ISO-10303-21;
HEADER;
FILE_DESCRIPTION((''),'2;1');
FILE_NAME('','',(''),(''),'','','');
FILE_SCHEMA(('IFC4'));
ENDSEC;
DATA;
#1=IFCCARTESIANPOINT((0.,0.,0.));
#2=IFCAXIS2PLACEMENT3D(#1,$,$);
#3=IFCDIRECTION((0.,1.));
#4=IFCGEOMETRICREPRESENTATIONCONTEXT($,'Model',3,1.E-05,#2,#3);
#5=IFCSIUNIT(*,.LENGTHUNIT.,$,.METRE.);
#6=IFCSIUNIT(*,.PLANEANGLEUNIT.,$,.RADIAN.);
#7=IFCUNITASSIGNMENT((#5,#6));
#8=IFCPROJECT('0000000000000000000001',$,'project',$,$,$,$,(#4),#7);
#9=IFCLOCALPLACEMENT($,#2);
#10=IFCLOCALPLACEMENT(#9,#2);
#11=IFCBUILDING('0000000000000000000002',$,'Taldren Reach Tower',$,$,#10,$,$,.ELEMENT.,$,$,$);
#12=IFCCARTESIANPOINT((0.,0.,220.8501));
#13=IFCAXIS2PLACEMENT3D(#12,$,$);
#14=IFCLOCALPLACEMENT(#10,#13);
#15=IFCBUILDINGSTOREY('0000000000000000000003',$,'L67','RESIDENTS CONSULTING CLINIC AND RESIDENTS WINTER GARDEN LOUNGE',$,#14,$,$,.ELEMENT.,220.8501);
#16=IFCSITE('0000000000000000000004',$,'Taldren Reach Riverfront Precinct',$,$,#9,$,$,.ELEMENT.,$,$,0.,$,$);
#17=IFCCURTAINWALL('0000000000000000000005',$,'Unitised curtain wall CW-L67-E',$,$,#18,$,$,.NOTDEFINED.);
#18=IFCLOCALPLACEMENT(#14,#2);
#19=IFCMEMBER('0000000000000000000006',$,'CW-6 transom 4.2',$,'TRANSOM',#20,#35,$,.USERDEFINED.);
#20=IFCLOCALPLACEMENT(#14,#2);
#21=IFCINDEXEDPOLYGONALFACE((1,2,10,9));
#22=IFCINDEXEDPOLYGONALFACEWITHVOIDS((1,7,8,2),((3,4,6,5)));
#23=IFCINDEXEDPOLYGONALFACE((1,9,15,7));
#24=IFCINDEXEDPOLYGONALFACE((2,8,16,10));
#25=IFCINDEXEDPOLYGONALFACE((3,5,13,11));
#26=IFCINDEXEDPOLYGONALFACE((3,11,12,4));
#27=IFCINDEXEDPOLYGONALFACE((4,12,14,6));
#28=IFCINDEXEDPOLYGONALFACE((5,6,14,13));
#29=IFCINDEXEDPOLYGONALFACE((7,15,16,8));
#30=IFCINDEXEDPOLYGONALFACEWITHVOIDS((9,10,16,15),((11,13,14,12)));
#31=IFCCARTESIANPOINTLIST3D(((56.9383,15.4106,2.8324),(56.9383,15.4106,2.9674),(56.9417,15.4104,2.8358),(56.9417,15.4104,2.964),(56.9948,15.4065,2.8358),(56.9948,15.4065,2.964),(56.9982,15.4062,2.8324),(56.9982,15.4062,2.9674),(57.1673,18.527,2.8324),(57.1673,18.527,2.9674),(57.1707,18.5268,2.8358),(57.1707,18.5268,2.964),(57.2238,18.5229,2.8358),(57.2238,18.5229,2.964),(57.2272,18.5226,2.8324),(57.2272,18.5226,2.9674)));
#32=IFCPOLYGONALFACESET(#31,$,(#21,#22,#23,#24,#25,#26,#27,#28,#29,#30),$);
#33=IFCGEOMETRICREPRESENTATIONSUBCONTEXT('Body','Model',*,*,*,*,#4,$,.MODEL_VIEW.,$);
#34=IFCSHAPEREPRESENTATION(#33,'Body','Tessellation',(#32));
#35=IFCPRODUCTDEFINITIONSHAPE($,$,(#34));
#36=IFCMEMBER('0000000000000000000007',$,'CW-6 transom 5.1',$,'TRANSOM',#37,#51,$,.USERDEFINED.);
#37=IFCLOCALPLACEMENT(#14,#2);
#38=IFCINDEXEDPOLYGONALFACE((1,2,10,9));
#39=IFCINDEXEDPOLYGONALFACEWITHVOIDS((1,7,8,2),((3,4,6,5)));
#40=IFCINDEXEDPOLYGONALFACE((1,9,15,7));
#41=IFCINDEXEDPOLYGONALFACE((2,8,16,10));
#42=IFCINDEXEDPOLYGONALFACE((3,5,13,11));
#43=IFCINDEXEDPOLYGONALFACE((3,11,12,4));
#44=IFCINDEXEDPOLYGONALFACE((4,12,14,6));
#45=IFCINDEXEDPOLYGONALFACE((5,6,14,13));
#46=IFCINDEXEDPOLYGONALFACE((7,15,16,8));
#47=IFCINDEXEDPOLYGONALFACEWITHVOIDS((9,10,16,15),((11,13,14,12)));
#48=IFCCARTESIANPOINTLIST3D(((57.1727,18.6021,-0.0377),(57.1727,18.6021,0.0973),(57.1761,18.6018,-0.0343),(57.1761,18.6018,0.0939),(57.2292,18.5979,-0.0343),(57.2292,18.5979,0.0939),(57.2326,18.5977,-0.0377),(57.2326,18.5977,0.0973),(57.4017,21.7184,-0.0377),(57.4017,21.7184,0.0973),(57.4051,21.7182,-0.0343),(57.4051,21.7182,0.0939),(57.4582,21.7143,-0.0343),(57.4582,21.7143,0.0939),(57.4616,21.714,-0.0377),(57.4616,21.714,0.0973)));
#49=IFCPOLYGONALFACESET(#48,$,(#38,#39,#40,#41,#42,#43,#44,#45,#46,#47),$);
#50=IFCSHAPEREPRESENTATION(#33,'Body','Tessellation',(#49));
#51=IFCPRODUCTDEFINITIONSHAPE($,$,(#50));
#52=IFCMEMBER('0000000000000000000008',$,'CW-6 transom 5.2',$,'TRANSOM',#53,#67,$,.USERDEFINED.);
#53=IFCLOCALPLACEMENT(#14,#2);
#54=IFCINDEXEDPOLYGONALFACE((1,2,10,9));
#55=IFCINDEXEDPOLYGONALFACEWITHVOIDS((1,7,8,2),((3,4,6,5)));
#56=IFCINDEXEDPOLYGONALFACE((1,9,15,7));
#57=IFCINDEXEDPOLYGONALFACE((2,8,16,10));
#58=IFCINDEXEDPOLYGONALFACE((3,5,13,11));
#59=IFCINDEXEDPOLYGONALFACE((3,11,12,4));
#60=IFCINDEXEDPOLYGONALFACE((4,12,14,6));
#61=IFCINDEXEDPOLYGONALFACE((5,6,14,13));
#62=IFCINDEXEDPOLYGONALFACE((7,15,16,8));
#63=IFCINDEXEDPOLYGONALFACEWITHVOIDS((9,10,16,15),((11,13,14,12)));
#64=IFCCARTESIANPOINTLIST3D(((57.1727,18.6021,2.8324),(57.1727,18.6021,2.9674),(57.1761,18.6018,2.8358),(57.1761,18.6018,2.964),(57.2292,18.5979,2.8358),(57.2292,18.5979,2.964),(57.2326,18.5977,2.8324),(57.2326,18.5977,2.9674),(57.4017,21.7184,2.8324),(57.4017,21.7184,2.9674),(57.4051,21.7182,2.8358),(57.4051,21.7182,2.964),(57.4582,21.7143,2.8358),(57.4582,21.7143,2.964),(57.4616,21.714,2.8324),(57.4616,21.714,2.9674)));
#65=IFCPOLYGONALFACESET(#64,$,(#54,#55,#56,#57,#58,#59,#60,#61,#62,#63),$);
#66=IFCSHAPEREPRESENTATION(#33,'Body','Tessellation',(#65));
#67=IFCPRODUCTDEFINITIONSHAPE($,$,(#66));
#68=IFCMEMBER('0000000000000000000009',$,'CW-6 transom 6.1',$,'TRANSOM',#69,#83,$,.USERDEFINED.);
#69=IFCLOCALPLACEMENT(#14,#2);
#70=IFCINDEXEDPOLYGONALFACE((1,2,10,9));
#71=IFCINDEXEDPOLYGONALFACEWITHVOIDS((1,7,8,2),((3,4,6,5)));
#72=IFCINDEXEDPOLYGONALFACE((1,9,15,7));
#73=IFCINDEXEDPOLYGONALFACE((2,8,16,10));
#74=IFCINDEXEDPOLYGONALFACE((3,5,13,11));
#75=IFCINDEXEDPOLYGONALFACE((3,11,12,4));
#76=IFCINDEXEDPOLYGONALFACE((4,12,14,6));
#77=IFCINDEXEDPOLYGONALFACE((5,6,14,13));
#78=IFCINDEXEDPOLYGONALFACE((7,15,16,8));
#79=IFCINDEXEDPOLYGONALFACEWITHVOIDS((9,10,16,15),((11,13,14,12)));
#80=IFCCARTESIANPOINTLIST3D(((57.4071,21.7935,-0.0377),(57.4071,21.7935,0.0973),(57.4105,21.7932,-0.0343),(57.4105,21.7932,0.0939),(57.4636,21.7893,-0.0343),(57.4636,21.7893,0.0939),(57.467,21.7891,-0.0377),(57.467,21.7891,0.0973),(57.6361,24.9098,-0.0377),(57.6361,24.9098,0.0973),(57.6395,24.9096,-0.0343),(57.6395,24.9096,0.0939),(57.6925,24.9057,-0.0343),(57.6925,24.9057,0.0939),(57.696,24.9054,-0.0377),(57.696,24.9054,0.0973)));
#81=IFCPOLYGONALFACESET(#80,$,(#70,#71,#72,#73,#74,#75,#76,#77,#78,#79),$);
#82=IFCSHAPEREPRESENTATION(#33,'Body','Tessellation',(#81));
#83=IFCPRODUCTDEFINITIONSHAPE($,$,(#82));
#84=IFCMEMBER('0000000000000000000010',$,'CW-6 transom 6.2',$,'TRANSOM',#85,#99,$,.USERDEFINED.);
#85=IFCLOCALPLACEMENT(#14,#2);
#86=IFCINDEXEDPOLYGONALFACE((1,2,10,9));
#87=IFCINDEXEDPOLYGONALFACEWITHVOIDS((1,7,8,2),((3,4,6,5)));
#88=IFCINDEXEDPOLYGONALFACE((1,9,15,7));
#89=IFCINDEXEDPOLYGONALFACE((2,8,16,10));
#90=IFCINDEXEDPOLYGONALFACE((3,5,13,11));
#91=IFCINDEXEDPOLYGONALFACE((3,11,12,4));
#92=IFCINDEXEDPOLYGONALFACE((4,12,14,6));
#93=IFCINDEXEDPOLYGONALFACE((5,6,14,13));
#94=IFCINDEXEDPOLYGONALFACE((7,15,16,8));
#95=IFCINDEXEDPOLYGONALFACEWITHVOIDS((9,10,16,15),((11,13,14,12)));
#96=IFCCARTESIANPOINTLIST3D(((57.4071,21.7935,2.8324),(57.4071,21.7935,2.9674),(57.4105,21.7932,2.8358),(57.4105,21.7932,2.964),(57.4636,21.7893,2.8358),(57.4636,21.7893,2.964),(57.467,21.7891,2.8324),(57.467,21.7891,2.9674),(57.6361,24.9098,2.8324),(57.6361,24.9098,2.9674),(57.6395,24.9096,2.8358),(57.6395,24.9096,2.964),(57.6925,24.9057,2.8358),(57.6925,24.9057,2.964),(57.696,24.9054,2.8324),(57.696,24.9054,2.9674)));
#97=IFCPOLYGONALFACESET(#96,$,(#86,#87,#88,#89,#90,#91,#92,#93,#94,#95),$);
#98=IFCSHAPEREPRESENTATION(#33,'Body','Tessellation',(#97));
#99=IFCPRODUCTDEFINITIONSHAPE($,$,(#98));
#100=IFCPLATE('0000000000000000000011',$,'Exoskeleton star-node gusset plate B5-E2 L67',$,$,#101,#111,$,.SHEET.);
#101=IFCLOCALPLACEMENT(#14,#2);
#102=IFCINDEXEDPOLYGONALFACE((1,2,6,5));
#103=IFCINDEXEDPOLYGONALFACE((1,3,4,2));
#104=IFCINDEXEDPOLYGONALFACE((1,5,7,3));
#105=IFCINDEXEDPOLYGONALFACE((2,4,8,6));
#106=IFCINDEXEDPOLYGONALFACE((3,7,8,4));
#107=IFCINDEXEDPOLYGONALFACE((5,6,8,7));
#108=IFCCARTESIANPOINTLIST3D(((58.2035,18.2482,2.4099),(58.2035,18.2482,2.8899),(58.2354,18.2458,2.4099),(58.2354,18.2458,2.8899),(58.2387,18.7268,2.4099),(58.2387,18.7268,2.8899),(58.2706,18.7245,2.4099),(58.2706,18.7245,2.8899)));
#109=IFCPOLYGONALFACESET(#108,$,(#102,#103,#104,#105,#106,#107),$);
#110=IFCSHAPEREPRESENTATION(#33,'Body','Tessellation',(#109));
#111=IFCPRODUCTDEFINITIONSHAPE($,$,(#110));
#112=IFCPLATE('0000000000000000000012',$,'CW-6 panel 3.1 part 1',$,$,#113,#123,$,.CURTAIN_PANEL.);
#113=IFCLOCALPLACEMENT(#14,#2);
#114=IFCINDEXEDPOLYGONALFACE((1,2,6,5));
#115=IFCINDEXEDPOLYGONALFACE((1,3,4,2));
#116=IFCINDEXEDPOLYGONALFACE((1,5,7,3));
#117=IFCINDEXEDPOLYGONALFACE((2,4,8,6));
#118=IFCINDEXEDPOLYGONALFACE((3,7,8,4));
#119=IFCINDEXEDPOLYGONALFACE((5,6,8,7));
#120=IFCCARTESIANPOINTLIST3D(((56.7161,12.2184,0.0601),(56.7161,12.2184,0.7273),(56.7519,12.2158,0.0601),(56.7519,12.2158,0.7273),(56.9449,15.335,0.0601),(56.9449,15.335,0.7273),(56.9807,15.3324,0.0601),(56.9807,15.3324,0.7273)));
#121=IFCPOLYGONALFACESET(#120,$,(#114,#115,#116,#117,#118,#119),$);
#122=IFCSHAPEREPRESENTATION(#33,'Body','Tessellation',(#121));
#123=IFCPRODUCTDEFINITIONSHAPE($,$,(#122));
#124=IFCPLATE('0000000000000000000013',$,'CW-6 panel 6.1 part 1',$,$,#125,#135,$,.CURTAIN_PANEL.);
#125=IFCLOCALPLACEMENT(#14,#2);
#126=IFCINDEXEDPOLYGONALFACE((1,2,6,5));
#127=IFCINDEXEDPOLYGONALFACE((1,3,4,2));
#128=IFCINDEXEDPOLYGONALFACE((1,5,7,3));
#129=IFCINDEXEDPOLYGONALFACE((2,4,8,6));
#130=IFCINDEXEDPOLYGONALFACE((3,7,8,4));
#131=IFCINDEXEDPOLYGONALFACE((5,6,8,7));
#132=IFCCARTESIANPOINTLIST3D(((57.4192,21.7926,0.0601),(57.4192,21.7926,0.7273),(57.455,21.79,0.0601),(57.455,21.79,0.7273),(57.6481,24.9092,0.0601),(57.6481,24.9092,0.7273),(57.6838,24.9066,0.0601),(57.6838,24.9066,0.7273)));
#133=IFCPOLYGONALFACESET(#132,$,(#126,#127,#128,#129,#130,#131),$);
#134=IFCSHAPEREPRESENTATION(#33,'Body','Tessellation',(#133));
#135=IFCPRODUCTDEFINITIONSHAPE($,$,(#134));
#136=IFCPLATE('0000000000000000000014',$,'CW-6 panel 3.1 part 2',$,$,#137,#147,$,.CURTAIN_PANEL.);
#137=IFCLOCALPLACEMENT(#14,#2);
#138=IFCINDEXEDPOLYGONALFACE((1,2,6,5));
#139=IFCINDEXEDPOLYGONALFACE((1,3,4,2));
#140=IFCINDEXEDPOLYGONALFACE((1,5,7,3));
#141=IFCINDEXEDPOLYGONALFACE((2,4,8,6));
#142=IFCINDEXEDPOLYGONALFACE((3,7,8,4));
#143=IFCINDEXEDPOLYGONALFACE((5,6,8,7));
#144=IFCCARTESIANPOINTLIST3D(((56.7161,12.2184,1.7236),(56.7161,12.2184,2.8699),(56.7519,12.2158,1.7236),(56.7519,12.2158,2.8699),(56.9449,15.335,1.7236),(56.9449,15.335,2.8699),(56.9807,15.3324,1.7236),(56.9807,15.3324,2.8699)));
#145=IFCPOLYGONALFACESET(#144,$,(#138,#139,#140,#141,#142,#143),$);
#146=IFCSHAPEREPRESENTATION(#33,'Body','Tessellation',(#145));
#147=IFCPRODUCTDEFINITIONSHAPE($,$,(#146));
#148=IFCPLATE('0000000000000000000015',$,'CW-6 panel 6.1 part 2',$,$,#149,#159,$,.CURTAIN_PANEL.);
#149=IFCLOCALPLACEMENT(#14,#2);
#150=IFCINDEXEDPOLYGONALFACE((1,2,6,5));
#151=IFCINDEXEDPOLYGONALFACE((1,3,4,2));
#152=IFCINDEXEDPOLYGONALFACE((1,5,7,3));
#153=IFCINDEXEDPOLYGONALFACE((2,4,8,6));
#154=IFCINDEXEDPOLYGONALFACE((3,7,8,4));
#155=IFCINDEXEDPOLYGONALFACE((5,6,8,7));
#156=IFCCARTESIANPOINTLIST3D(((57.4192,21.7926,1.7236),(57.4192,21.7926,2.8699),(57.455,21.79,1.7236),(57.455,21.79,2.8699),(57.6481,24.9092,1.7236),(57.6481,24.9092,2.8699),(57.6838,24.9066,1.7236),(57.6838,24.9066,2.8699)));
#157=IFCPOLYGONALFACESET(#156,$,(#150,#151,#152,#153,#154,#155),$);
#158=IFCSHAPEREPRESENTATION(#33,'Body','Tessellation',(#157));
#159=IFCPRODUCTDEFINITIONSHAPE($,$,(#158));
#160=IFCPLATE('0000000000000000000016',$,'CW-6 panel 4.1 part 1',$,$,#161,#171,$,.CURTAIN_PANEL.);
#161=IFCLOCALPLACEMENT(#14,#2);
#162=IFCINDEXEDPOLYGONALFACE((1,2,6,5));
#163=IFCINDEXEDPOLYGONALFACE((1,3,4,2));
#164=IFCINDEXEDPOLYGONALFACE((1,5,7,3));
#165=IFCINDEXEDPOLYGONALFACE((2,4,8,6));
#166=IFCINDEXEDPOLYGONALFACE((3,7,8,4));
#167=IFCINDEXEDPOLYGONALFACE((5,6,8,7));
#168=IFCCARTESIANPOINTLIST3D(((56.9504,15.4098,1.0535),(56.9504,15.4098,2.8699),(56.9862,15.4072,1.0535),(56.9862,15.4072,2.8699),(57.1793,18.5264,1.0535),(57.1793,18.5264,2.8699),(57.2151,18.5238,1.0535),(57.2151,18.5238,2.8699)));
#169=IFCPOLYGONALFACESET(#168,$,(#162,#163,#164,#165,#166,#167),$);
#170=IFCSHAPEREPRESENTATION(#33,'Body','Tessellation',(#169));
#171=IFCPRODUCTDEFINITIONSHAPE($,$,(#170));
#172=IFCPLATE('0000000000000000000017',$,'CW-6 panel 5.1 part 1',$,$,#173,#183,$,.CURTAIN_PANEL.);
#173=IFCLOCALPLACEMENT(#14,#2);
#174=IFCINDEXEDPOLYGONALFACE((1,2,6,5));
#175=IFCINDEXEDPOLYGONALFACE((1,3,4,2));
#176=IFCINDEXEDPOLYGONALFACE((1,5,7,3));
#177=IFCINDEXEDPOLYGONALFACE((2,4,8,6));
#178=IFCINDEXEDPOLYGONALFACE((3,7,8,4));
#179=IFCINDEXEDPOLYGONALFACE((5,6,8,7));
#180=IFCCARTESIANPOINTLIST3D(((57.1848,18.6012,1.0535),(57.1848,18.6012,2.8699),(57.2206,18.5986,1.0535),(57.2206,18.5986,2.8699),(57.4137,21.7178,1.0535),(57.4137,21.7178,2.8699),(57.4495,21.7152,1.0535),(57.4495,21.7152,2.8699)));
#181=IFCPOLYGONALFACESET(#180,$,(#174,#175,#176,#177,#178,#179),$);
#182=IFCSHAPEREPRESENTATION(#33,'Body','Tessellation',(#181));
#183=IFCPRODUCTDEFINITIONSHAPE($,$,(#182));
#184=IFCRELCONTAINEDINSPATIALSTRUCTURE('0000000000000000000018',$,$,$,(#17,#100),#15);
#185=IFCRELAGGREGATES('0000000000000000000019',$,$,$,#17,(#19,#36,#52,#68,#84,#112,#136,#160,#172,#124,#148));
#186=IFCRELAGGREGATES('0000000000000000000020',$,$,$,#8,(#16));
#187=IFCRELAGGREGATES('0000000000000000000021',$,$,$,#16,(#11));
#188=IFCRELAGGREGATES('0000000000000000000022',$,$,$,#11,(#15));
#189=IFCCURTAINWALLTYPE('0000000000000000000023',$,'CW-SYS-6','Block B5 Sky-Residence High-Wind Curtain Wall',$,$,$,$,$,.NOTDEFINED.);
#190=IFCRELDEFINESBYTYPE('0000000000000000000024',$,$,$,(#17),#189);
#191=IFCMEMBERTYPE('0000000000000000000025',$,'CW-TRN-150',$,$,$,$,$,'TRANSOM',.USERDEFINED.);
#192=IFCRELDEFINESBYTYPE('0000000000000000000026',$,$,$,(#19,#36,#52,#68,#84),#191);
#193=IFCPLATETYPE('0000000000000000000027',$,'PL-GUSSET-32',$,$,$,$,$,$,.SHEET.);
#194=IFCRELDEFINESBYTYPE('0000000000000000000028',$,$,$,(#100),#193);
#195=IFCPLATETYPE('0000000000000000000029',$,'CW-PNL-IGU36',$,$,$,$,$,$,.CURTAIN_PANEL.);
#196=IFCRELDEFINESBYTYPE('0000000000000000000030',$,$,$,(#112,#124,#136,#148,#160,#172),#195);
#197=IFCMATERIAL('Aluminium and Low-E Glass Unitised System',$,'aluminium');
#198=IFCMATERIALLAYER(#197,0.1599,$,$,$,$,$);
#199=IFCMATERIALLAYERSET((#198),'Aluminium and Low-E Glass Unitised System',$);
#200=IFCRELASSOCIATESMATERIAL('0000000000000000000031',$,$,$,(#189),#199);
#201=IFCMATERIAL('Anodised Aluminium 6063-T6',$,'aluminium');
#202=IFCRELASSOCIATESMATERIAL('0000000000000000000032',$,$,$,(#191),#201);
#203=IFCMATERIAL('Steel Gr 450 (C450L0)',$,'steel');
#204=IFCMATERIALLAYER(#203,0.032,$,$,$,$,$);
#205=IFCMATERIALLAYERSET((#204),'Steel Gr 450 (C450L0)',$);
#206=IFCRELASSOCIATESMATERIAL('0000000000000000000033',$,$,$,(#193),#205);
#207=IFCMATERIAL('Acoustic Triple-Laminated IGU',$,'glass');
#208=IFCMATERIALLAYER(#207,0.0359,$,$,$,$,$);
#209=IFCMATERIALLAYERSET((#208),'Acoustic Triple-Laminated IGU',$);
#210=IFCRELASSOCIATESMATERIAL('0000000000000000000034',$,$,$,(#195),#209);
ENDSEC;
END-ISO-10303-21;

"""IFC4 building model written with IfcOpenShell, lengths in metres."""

from ifc_helpers import new_model, si_unit, direction, frame, origin, origin_2d, place, context, subcontext, project, spatial, rectangle, hollow_rectangle, extrude, source, transform, mapped, material, layer, layer_set, material_profile, profile_set, type_object, element, aggregate, save


model = new_model("IFC4")

# Units and contexts
model_context = context("Model", 3, precision=1e-05, world=origin(), true_north=direction((0.0, 1.0)))
body_context = subcontext(model_context, "Body", "Model", "MODEL_VIEW")
ifc_project = project(units=[si_unit("LENGTHUNIT", "METRE"), si_unit("PLANEANGLEUNIT", "RADIAN")], contexts=[model_context])

# Site, building, storey
site_placement = place(None, origin())
site = spatial("IfcSite", under=ifc_project, at=site_placement, Name="Taldren Reach Riverfront Precinct", CompositionType="ELEMENT", RefElevation=0.0)
building_placement = place(site_placement, origin())
building = spatial("IfcBuilding", under=site, at=building_placement, Name="Taldren Reach Tower", CompositionType="ELEMENT")
storey_placement = place(building_placement, frame((0.0, 0.0, 220.8501)))
storey = spatial("IfcBuildingStorey", under=building, at=storey_placement, Name="L67", Description="RESIDENTS CONSULTING CLINIC AND RESIDENTS WINTER GARDEN LOUNGE", CompositionType="ELEMENT", Elevation=220.8501)

# Shared definitions
ifc_material_1 = material(Name="Steel Gr 450 (C450L0)", Category="steel")

# Curtain wall, members
ifc_material_2 = material(Name="Aluminium and Low-E Glass Unitised System", Category="aluminium")
ifc_layer_1 = layer(ifc_material_2, 0.1599)
ifc_layer_set_1 = layer_set([ifc_layer_1], Name="Aluminium and Low-E Glass Unitised System")
curtain_wall_type = type_object("IfcCurtainWallType", Name="CW-SYS-6", Description="Block B5 Sky-Residence High-Wind Curtain Wall", PredefinedType="NOTDEFINED", material=ifc_layer_set_1)
curtain_wall_placement = place(storey_placement, origin())
curtain_wall = element("IfcCurtainWall", 1, at=curtain_wall_placement, inside=storey, type_object=curtain_wall_type, Name="Unitised curtain wall CW-L67-E", PredefinedType="NOTDEFINED")
ifc_material_3 = material(Name="Anodised Aluminium 6063-T6", Category="aluminium")
ifc_material_profile_1 = material_profile(ifc_material_3, hollow_rectangle(XDim=0.0601, YDim=0.135, WallThickness=0.0034, at=origin_2d()), Name="ALU-135x60x3.5RHS")
ifc_profile_set_1 = profile_set([ifc_material_profile_1], Name="Anodised Aluminium 6063-T6")
member_type_1 = type_object("IfcMemberType", Name="CW-TRN-150", ElementType="TRANSOM", PredefinedType="USERDEFINED", material=ifc_profile_set_1)
shared_shape_1 = source(origin(), body_context, "Body", "SweptSolid", [
    extrude(hollow_rectangle(XDim=0.0601, YDim=0.135, WallThickness=0.0034, at=origin_2d()), origin(), (0.0, 0.0, 1.0), 3.1248),
])
member_1_placement = place(storey_placement, frame((56.9683, 15.4084, 2.8999), z_axis=(0.073285, 0.997311, 0.0), x_axis=(-0.997311, 0.073285, 0.0)))
member_1 = element("IfcMember", 2, at=member_1_placement, type_object=member_type_1, Name="CW-6 transom 4.2", ObjectType="TRANSOM", PredefinedType="USERDEFINED", context=body_context, shape_type="MappedRepresentation", body=[
    mapped(shared_shape_1, transform((0.0, 0.0, 0.0), scale=1.0)),
])
member_2_placement = place(storey_placement, frame((57.2026, 18.5999, 0.0298), z_axis=(0.073285, 0.997311, 0.0), x_axis=(-0.997311, 0.073285, 0.0)))
member_2 = element("IfcMember", 3, at=member_2_placement, type_object=member_type_1, Name="CW-6 transom 5.1", ObjectType="TRANSOM", PredefinedType="USERDEFINED", context=body_context, shape_type="MappedRepresentation", body=[
    mapped(shared_shape_1, transform((0.0, 0.0, 0.0), scale=1.0)),
])
member_3_placement = place(storey_placement, frame((57.2026, 18.5999, 2.8999), z_axis=(0.073285, 0.997311, 0.0), x_axis=(-0.997311, 0.073285, 0.0)))
member_3 = element("IfcMember", 4, at=member_3_placement, type_object=member_type_1, Name="CW-6 transom 5.2", ObjectType="TRANSOM", PredefinedType="USERDEFINED", context=body_context, shape_type="MappedRepresentation", body=[
    mapped(shared_shape_1, transform((0.0, 0.0, 0.0), scale=1.0)),
])
member_4_placement = place(storey_placement, frame((57.437, 21.7913, 0.0298), z_axis=(0.073285, 0.997311, 0.0), x_axis=(-0.997311, 0.073285, 0.0)))
member_4 = element("IfcMember", 5, at=member_4_placement, type_object=member_type_1, Name="CW-6 transom 6.1", ObjectType="TRANSOM", PredefinedType="USERDEFINED", context=body_context, shape_type="MappedRepresentation", body=[
    mapped(shared_shape_1, transform((0.0, 0.0, 0.0), scale=1.0)),
])
member_5_placement = place(storey_placement, frame((57.437, 21.7913, 2.8999), z_axis=(0.073285, 0.997311, 0.0), x_axis=(-0.997311, 0.073285, 0.0)))
member_5 = element("IfcMember", 6, at=member_5_placement, type_object=member_type_1, Name="CW-6 transom 6.2", ObjectType="TRANSOM", PredefinedType="USERDEFINED", context=body_context, shape_type="MappedRepresentation", body=[
    mapped(shared_shape_1, transform((0.0, 0.0, 0.0), scale=1.0)),
])

# Plates
ifc_layer_2 = layer(ifc_material_1, 0.032)
ifc_layer_set_2 = layer_set([ifc_layer_2], Name="Steel Gr 450 (C450L0)")
plate_type_1 = type_object("IfcPlateType", Name="PL-GUSSET-32", PredefinedType="SHEET", material=ifc_layer_set_2)
shared_shape_2 = source(origin(), body_context, "Body", "SweptSolid", [
    extrude(rectangle(XDim=0.48, YDim=0.032, at=origin_2d()), origin(), (0.0, 0.0, 1.0), 0.48),
])
plate_1_placement = place(storey_placement, frame((58.2371, 18.4863, 2.4099), z_axis=(0.0, 0.0, 1.0), x_axis=(0.073238, 0.997314, 0.0)))
element("IfcPlate", 7, at=plate_1_placement, inside=storey, type_object=plate_type_1, Name="Exoskeleton star-node gusset plate B5-E2 L67", PredefinedType="SHEET", context=body_context, shape_type="MappedRepresentation", body=[
    mapped(shared_shape_2, transform((0.0, 0.0, 0.0), scale=1.0)),
])
ifc_material_4 = material(Name="Acoustic Triple-Laminated IGU", Category="glass")
ifc_layer_3 = layer(ifc_material_4, 0.0359)
ifc_layer_set_3 = layer_set([ifc_layer_3], Name="Acoustic Triple-Laminated IGU")
plate_type_2 = type_object("IfcPlateType", Name="CW-PNL-IGU36", PredefinedType="CURTAIN_PANEL", material=ifc_layer_set_3)
shared_shape_3 = source(origin(), body_context, "Body", "SweptSolid", [
    extrude(rectangle(XDim=3.125, YDim=0.0359, at=origin_2d()), origin(), (0.0, 0.0, 1.0), 0.6672),
])
plate_2_placement = place(storey_placement, frame((56.8484, 13.7754, 0.0601), z_axis=(0.0, 0.0, 1.0), x_axis=(0.073238, 0.997314, 0.0)))
plate_2 = element("IfcPlate", 8, at=plate_2_placement, type_object=plate_type_2, Name="CW-6 panel 3.1 part 1", PredefinedType="CURTAIN_PANEL", context=body_context, shape_type="MappedRepresentation", body=[
    mapped(shared_shape_3, transform((0.0, 0.0, 0.0), scale=1.0)),
])
plate_3_placement = place(storey_placement, frame((57.5515, 23.3496, 0.0601), z_axis=(0.0, 0.0, 1.0), x_axis=(0.073238, 0.997314, 0.0)))
plate_3 = element("IfcPlate", 9, at=plate_3_placement, type_object=plate_type_2, Name="CW-6 panel 6.1 part 1", PredefinedType="CURTAIN_PANEL", context=body_context, shape_type="MappedRepresentation", body=[
    mapped(shared_shape_3, transform((0.0, 0.0, 0.0), scale=1.0)),
])
shared_shape_4 = source(origin(), body_context, "Body", "SweptSolid", [
    extrude(rectangle(XDim=3.125, YDim=0.0359, at=origin_2d()), origin(), (0.0, 0.0, 1.0), 1.1462),
])
plate_4_placement = place(storey_placement, frame((56.8484, 13.7754, 1.7236), z_axis=(0.0, 0.0, 1.0), x_axis=(0.073238, 0.997314, 0.0)))
plate_4 = element("IfcPlate", 10, at=plate_4_placement, type_object=plate_type_2, Name="CW-6 panel 3.1 part 2", PredefinedType="CURTAIN_PANEL", context=body_context, shape_type="MappedRepresentation", body=[
    mapped(shared_shape_4, transform((0.0, 0.0, 0.0), scale=1.0)),
])
plate_5_placement = place(storey_placement, frame((57.5515, 23.3496, 1.7236), z_axis=(0.0, 0.0, 1.0), x_axis=(0.073238, 0.997314, 0.0)))
plate_5 = element("IfcPlate", 11, at=plate_5_placement, type_object=plate_type_2, Name="CW-6 panel 6.1 part 2", PredefinedType="CURTAIN_PANEL", context=body_context, shape_type="MappedRepresentation", body=[
    mapped(shared_shape_4, transform((0.0, 0.0, 0.0), scale=1.0)),
])
shared_shape_5 = source(origin(), body_context, "Body", "SweptSolid", [
    extrude(rectangle(XDim=3.125, YDim=0.0359, at=origin_2d()), origin(), (0.0, 0.0, 1.0), 1.8164),
])
plate_6_placement = place(storey_placement, frame((57.0828, 16.9668, 1.0535), z_axis=(0.0, 0.0, 1.0), x_axis=(0.073238, 0.997314, 0.0)))
plate_6 = element("IfcPlate", 12, at=plate_6_placement, type_object=plate_type_2, Name="CW-6 panel 4.1 part 1", PredefinedType="CURTAIN_PANEL", context=body_context, shape_type="MappedRepresentation", body=[
    mapped(shared_shape_5, transform((0.0, 0.0, 0.0), scale=1.0)),
])
plate_7_placement = place(storey_placement, frame((57.3171, 20.1582, 1.0535), z_axis=(0.0, 0.0, 1.0), x_axis=(0.073238, 0.997314, 0.0)))
plate_7 = element("IfcPlate", 13, at=plate_7_placement, type_object=plate_type_2, Name="CW-6 panel 5.1 part 1", PredefinedType="CURTAIN_PANEL", context=body_context, shape_type="MappedRepresentation", body=[
    mapped(shared_shape_5, transform((0.0, 0.0, 0.0), scale=1.0)),
])
aggregate(curtain_wall, [member_1, member_2, member_3, member_4, member_5, plate_2, plate_4, plate_6, plate_7, plate_3, plate_5])

save(model, "model.ifc")
